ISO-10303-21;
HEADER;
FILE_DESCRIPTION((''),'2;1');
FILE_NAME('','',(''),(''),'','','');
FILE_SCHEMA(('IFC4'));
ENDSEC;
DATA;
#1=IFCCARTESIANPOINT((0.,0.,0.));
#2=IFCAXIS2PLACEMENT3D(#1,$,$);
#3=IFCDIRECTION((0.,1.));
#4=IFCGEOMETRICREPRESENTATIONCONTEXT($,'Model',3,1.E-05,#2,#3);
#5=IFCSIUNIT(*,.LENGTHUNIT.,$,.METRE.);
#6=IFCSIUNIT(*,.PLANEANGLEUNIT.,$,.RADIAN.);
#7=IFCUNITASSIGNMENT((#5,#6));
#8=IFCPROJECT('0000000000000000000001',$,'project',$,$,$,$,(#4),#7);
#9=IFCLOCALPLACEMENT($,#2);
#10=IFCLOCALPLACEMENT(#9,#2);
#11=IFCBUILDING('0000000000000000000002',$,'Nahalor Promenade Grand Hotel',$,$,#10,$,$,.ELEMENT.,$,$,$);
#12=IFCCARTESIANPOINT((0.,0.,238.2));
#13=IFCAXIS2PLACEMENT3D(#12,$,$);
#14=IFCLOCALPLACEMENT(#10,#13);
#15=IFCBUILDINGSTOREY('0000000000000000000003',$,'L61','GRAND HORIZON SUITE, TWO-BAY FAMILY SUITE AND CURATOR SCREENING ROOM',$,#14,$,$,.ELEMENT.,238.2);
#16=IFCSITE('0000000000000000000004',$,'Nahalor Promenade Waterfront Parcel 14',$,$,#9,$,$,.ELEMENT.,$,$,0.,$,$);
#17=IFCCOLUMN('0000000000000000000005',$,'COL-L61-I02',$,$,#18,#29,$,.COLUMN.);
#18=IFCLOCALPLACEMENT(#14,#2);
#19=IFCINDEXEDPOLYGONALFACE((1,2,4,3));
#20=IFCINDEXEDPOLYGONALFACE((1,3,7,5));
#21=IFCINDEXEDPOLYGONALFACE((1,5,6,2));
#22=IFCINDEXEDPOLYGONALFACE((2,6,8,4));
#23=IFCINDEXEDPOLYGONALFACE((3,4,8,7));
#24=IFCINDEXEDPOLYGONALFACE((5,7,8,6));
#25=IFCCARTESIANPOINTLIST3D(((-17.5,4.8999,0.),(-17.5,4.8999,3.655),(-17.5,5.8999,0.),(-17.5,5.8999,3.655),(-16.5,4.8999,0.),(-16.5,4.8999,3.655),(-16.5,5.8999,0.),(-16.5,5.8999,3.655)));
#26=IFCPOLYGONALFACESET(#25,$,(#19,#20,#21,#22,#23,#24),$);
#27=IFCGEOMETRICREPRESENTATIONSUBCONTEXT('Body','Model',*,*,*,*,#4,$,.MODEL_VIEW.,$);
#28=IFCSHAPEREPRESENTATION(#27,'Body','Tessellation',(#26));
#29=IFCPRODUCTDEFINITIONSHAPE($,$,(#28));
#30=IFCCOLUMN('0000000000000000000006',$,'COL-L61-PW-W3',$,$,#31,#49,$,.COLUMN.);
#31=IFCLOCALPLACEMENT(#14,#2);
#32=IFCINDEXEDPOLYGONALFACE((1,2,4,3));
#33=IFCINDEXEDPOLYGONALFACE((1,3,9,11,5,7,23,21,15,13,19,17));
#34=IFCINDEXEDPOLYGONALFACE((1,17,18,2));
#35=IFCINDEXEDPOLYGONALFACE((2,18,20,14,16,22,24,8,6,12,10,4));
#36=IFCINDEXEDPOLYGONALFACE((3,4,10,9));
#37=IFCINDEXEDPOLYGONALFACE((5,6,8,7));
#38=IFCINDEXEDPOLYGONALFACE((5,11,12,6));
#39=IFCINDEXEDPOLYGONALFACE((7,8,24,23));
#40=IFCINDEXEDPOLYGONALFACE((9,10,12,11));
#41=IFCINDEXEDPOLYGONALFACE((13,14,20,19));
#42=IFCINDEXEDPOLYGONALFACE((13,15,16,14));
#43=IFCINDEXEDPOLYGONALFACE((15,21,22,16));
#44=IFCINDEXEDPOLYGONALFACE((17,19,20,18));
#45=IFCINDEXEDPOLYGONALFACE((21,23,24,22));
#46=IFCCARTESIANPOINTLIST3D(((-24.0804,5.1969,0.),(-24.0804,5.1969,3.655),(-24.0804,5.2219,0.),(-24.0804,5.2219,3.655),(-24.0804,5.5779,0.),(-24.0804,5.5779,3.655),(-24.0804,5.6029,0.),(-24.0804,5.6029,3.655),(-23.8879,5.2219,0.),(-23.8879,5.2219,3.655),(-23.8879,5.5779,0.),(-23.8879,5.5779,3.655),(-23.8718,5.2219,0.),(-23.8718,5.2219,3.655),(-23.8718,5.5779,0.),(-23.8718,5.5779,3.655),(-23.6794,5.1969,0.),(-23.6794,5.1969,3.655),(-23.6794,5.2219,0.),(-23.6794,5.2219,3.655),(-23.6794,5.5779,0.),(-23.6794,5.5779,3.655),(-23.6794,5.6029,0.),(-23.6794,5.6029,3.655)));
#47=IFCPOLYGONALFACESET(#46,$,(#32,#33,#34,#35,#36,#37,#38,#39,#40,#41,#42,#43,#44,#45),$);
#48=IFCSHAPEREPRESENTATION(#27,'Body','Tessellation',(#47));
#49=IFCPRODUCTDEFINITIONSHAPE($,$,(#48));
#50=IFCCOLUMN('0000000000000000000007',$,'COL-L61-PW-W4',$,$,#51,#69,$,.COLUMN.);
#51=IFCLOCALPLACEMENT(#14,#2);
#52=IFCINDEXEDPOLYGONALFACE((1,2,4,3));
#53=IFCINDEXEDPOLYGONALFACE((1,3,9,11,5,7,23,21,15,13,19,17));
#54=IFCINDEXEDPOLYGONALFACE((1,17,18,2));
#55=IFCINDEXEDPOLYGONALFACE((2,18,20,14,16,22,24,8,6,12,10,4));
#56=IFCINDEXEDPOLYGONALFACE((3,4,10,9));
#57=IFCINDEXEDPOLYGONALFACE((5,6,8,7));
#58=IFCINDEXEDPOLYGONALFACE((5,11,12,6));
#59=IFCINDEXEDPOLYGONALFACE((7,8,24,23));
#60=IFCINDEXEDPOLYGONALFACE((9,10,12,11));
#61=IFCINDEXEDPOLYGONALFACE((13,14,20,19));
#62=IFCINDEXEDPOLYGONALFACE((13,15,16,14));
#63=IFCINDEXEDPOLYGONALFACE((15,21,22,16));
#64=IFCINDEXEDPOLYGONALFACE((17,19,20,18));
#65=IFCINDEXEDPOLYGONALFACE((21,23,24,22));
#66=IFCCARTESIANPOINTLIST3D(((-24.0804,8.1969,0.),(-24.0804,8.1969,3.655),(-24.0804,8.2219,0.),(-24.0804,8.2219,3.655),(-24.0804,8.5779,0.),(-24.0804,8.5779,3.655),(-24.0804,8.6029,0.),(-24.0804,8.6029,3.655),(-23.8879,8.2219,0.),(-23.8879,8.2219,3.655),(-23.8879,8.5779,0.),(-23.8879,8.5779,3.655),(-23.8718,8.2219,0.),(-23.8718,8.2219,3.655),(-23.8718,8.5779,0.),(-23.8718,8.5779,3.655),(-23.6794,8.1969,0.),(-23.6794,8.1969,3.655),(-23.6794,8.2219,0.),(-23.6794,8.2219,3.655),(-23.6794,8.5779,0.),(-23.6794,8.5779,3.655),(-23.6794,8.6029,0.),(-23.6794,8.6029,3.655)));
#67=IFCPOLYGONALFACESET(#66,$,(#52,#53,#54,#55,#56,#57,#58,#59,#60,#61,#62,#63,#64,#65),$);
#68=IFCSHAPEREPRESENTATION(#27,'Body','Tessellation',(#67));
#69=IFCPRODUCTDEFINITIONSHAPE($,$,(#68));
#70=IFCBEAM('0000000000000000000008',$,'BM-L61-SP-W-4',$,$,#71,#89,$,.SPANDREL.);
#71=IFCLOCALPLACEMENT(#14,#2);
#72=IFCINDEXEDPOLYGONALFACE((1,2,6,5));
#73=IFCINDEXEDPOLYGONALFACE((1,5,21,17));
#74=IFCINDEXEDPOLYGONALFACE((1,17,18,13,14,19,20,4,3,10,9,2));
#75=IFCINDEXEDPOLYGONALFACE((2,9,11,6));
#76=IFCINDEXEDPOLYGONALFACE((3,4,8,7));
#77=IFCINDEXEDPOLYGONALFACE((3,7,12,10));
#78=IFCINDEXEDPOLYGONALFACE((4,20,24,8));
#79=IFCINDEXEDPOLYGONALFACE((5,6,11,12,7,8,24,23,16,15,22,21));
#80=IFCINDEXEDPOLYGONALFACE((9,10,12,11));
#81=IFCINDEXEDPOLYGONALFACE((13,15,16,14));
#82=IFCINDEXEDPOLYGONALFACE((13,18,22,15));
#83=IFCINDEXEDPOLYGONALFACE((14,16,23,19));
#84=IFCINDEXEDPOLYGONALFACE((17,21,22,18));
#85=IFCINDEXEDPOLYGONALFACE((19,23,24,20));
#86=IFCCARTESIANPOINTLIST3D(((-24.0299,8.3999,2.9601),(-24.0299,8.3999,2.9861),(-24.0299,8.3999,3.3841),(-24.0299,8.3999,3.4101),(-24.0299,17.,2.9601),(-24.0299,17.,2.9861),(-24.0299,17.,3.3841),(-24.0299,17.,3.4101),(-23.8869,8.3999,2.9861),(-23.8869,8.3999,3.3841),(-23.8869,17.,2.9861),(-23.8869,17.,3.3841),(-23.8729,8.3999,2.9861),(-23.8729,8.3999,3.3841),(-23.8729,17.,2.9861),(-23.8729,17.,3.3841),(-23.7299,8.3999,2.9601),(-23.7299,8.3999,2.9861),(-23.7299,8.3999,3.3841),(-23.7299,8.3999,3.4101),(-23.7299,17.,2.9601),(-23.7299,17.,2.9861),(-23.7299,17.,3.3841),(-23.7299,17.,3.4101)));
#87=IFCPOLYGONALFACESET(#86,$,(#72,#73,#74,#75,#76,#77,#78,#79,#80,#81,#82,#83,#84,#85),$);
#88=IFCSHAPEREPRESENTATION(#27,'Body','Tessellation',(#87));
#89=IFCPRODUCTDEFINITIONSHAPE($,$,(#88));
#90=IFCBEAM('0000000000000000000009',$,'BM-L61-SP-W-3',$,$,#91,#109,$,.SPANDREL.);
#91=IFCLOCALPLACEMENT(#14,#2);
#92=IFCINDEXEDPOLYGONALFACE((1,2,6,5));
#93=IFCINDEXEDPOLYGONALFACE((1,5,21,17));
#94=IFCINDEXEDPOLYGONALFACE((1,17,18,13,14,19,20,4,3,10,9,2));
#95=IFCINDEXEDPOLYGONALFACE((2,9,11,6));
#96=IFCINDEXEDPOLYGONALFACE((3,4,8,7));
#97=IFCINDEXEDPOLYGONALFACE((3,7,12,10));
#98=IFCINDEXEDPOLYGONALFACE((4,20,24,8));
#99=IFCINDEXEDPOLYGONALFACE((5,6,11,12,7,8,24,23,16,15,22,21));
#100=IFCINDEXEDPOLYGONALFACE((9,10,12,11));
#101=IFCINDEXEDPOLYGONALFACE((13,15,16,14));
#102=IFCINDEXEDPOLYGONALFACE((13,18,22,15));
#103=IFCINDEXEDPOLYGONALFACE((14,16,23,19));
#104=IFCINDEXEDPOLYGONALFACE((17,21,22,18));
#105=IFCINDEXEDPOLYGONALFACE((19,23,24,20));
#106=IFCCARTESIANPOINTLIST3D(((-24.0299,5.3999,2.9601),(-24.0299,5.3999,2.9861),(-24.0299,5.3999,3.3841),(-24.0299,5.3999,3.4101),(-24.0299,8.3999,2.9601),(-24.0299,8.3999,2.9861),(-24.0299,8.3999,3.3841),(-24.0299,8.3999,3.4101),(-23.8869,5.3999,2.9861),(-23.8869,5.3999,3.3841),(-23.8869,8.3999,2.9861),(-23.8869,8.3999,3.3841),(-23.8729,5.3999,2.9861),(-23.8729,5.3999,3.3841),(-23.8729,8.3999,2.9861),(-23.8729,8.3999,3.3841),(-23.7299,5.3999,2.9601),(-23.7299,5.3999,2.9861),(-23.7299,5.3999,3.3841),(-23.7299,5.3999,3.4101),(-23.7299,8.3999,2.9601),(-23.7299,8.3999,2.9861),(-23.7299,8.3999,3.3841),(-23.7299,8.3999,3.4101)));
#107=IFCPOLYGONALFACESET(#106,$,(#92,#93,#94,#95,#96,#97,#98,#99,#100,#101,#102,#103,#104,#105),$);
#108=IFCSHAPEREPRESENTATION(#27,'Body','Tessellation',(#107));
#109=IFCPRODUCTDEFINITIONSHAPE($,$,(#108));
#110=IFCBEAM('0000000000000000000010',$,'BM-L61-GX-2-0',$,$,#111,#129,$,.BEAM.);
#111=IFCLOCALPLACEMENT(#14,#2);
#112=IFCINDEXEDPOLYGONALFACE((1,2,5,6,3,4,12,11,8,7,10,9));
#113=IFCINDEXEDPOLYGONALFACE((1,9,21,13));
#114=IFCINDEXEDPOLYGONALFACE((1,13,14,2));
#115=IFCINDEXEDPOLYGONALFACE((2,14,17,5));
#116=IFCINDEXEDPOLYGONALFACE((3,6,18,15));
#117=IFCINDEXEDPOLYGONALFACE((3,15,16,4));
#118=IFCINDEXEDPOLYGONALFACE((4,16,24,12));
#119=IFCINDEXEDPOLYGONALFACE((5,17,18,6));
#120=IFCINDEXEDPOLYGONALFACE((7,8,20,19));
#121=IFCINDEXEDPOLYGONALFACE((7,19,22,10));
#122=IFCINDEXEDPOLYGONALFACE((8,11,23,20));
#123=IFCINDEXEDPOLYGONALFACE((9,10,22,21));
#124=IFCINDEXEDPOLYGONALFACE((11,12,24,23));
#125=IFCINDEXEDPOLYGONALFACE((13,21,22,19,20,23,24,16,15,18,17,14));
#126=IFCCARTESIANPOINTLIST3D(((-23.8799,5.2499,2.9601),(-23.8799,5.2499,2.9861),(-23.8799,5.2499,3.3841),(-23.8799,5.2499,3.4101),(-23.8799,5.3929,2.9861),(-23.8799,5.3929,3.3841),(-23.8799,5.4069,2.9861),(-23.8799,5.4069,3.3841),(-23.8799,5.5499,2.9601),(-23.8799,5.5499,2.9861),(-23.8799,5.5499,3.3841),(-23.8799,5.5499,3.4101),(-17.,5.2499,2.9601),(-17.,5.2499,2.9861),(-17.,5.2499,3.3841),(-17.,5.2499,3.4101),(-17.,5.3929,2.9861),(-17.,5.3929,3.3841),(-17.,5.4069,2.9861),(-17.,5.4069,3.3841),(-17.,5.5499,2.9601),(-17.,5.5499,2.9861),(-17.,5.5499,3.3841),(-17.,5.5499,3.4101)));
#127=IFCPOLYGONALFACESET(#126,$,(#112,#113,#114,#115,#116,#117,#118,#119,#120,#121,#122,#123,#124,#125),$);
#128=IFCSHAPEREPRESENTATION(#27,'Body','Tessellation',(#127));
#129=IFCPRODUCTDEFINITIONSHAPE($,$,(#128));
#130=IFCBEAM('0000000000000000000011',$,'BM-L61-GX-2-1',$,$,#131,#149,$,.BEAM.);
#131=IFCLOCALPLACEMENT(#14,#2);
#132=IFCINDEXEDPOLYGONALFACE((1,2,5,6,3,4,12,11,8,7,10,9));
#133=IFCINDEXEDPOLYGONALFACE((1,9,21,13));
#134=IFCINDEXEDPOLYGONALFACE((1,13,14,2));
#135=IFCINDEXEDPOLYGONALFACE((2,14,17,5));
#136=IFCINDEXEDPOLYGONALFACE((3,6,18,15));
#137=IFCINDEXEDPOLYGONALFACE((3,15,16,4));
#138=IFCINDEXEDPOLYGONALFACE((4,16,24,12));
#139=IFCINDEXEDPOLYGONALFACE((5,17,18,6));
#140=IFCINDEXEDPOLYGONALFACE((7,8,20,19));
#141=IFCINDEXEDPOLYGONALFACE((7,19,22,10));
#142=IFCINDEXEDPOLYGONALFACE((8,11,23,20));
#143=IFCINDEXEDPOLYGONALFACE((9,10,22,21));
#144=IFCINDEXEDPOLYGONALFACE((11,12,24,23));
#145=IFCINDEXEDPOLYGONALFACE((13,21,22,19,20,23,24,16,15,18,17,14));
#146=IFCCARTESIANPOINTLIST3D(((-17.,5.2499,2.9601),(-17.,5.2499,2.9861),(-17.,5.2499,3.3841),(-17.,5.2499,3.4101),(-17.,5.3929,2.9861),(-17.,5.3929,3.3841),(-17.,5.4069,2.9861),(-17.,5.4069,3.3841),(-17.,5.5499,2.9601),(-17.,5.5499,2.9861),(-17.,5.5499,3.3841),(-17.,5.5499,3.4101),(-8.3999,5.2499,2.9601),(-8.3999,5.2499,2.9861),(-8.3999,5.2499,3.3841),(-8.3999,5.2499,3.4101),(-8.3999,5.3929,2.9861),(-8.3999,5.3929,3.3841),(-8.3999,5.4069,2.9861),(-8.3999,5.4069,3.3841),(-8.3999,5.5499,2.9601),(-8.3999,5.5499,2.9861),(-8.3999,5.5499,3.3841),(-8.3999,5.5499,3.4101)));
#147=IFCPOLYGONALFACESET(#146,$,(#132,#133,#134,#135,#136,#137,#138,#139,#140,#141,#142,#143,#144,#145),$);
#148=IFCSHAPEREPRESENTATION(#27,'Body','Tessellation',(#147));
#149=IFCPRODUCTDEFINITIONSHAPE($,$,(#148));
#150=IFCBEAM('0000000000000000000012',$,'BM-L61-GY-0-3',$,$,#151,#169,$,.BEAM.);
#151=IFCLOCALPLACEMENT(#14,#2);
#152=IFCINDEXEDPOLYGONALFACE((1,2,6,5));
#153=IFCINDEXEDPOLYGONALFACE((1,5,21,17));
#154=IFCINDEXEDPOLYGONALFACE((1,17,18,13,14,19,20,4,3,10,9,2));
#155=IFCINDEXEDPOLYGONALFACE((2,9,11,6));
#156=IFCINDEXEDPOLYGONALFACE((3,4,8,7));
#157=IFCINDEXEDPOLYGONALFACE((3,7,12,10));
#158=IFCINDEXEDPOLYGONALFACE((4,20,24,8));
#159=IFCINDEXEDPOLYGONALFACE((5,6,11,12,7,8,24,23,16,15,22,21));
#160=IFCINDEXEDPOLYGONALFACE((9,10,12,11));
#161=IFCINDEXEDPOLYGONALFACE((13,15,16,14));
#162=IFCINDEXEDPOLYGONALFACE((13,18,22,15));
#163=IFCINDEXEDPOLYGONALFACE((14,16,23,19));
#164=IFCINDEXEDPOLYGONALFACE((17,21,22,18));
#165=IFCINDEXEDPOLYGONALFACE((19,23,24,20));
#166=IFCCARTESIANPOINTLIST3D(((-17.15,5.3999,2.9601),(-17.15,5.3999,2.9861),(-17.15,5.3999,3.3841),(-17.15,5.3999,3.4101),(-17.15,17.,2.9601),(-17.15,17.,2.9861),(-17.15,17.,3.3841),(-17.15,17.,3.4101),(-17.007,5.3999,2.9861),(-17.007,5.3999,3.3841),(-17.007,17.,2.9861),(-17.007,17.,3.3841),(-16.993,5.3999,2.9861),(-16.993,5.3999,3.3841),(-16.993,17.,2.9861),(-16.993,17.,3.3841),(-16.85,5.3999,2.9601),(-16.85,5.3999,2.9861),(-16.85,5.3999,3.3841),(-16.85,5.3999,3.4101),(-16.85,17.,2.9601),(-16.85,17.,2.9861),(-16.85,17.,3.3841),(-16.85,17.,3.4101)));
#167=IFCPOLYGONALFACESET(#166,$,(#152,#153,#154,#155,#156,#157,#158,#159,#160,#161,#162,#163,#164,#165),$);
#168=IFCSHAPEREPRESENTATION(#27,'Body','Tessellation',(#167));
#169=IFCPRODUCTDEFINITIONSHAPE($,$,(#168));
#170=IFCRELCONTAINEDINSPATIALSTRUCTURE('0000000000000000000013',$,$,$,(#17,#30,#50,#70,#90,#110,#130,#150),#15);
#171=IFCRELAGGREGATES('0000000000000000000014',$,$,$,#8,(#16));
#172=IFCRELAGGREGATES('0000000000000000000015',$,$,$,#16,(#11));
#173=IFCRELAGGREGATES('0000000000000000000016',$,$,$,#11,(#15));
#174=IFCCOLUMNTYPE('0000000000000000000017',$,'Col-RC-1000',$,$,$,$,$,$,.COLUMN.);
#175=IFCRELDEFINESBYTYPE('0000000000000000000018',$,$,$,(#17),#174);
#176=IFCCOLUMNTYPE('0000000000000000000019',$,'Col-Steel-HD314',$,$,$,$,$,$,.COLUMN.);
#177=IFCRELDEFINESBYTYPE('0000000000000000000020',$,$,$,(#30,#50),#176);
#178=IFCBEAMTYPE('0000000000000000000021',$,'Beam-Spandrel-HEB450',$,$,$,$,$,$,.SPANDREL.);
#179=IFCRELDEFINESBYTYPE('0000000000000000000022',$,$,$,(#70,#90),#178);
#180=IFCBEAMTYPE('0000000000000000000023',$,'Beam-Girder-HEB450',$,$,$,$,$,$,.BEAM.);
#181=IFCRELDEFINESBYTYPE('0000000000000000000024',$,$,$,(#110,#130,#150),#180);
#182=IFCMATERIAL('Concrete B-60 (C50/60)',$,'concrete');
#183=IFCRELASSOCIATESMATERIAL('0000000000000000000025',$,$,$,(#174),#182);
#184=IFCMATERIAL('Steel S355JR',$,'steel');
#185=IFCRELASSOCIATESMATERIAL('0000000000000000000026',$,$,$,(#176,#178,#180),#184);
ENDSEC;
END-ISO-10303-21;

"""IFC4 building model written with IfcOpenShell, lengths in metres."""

from ifc_helpers import new_model, si_unit, direction, frame, origin, origin_2d, place, context, subcontext, project, spatial, rectangle, i_section, extrude, source, transform, mapped, material, material_profile, profile_set, type_object, element, save


model = new_model("IFC4")

# Units and contexts
model_context = context("Model", 3, precision=1e-05, world=origin(), true_north=direction((0.0, 1.0)))
body_context = subcontext(model_context, "Body", "Model", "MODEL_VIEW")
ifc_project = project(units=[si_unit("LENGTHUNIT", "METRE"), si_unit("PLANEANGLEUNIT", "RADIAN")], contexts=[model_context])

# Site, building, storey
site_placement = place(None, origin())
site = spatial("IfcSite", under=ifc_project, at=site_placement, Name="Nahalor Promenade Waterfront Parcel 14", CompositionType="ELEMENT", RefElevation=0.0)
building_placement = place(site_placement, origin())
building = spatial("IfcBuilding", under=site, at=building_placement, Name="Nahalor Promenade Grand Hotel", CompositionType="ELEMENT")
storey_placement = place(building_placement, frame((0.0, 0.0, 238.2)))
storey = spatial("IfcBuildingStorey", under=building, at=storey_placement, Name="L61", Description="GRAND HORIZON SUITE, TWO-BAY FAMILY SUITE AND CURATOR SCREENING ROOM", CompositionType="ELEMENT", Elevation=238.2)

# Columns
ifc_material_1 = material(Name="Concrete B-60 (C50/60)", Category="concrete")
ifc_material_profile_1 = material_profile(ifc_material_1, rectangle(XDim=1.0, YDim=1.0, at=origin_2d()), Name="RC 1000x1000")
ifc_profile_set_1 = profile_set([ifc_material_profile_1], Name="Concrete B-60 (C50/60)")
column_type_1 = type_object("IfcColumnType", Name="Col-RC-1000", PredefinedType="COLUMN", material=ifc_profile_set_1)
shared_shape_1 = source(origin(), body_context, "Body", "SweptSolid", [
    extrude(rectangle(XDim=1.0, YDim=1.0, at=origin_2d()), origin(), (0.0, 0.0, 1.0), 3.655),
])
column_placement = place(storey_placement, frame((-17.0, 5.3999, 0.0), z_axis=(0.0, 0.0, 1.0), x_axis=(1.0, 0.0, 0.0)))
element("IfcColumn", 1, at=column_placement, inside=storey, type_object=column_type_1, Name="COL-L61-I02", PredefinedType="COLUMN", context=body_context, shape_type="MappedRepresentation", body=[
    mapped(shared_shape_1, transform((0.0, 0.0, 0.0), scale=1.0)),
])
ifc_material_2 = material(Name="Steel S355JR", Category="steel")
ifc_material_profile_2 = material_profile(ifc_material_2, i_section(OverallWidth=0.401, OverallDepth=0.406, WebThickness=0.0161, FlangeThickness=0.025, at=origin_2d()), Name="HD 400x314")
ifc_profile_set_2 = profile_set([ifc_material_profile_2], Name="Steel S355JR")
column_type_2 = type_object("IfcColumnType", Name="Col-Steel-HD314", PredefinedType="COLUMN", material=ifc_profile_set_2)
shared_shape_2 = source(origin(), body_context, "Body", "SweptSolid", [
    extrude(i_section(OverallWidth=0.401, OverallDepth=0.406, WebThickness=0.0161, FlangeThickness=0.025, at=origin_2d()), origin(), (0.0, 0.0, 1.0), 3.655),
])
for number, where, z_axis, x_axis, name in (
    (2, (-23.8799, 5.3999, 0.0), (0.0, 0.0, 1.0), (1.0, 0.0, 0.0), "COL-L61-PW-W3"),
    (3, (-23.8799, 8.3999, 0.0), (0.0, 0.0, 1.0), (1.0, 0.0, 0.0), "COL-L61-PW-W4"),
):
    element("IfcColumn", number, at=place(storey_placement, frame(where, z_axis=z_axis, x_axis=x_axis)), inside=storey, type_object=column_type_2, Name=name, PredefinedType="COLUMN", context=body_context, shape_type="MappedRepresentation", body=[
        mapped(shared_shape_2, transform((0.0, 0.0, 0.0), scale=1.0)),
    ])

# Beams
ifc_material_profile_3 = material_profile(ifc_material_2, i_section(OverallWidth=0.3, OverallDepth=0.45, WebThickness=0.014, FlangeThickness=0.026, at=origin_2d()), Name="HEB 450")
ifc_profile_set_3 = profile_set([ifc_material_profile_3], Name="Steel S355JR")
beam_type_1 = type_object("IfcBeamType", Name="Beam-Spandrel-HEB450", PredefinedType="SPANDREL", material=ifc_profile_set_3)
shared_shape_3 = source(origin(), body_context, "Body", "SweptSolid", [
    extrude(i_section(OverallWidth=0.3, OverallDepth=0.45, WebThickness=0.014, FlangeThickness=0.026, at=origin_2d()), origin(), (0.0, 0.0, 1.0), 8.6001),
])
beam_1_placement = place(storey_placement, frame((-23.8799, 8.3999, 3.1851), z_axis=(0.0, 1.0, 0.0), x_axis=(-1.0, 0.0, 0.0)))
element("IfcBeam", 4, at=beam_1_placement, inside=storey, type_object=beam_type_1, Name="BM-L61-SP-W-4", PredefinedType="SPANDREL", context=body_context, shape_type="MappedRepresentation", body=[
    mapped(shared_shape_3, transform((0.0, 0.0, 0.0), scale=1.0)),
])
shared_shape_4 = source(origin(), body_context, "Body", "SweptSolid", [
    extrude(i_section(OverallWidth=0.3, OverallDepth=0.45, WebThickness=0.014, FlangeThickness=0.026, at=origin_2d()), origin(), (0.0, 0.0, 1.0), 3.0),
])
beam_2_placement = place(storey_placement, frame((-23.8799, 5.3999, 3.1851), z_axis=(0.0, 1.0, 0.0), x_axis=(-1.0, 0.0, 0.0)))
element("IfcBeam", 5, at=beam_2_placement, inside=storey, type_object=beam_type_1, Name="BM-L61-SP-W-3", PredefinedType="SPANDREL", context=body_context, shape_type="MappedRepresentation", body=[
    mapped(shared_shape_4, transform((0.0, 0.0, 0.0), scale=1.0)),
])
ifc_material_profile_4 = material_profile(ifc_material_2, i_section(OverallWidth=0.3, OverallDepth=0.45, WebThickness=0.014, FlangeThickness=0.026, at=origin_2d()), Name="HEB 450")
ifc_profile_set_4 = profile_set([ifc_material_profile_4], Name="Steel S355JR")
beam_type_2 = type_object("IfcBeamType", Name="Beam-Girder-HEB450", PredefinedType="BEAM", material=ifc_profile_set_4)
shared_shape_5 = source(origin(), body_context, "Body", "SweptSolid", [
    extrude(i_section(OverallWidth=0.3, OverallDepth=0.45, WebThickness=0.014, FlangeThickness=0.026, at=origin_2d()), origin(), (0.0, 0.0, 1.0), 6.8799),
])
beam_3_placement = place(storey_placement, frame((-23.8799, 5.3999, 3.1851), z_axis=(1.0, 0.0, 0.0), x_axis=(0.0, 1.0, 0.0)))
element("IfcBeam", 6, at=beam_3_placement, inside=storey, type_object=beam_type_2, Name="BM-L61-GX-2-0", PredefinedType="BEAM", context=body_context, shape_type="MappedRepresentation", body=[
    mapped(shared_shape_5, transform((0.0, 0.0, 0.0), scale=1.0)),
])
shared_shape_6 = source(origin(), body_context, "Body", "SweptSolid", [
    extrude(i_section(OverallWidth=0.3, OverallDepth=0.45, WebThickness=0.014, FlangeThickness=0.026, at=origin_2d()), origin(), (0.0, 0.0, 1.0), 8.6001),
])
beam_4_placement = place(storey_placement, frame((-17.0, 5.3999, 3.1851), z_axis=(1.0, 0.0, 0.0), x_axis=(0.0, 1.0, 0.0)))
element("IfcBeam", 7, at=beam_4_placement, inside=storey, type_object=beam_type_2, Name="BM-L61-GX-2-1", PredefinedType="BEAM", context=body_context, shape_type="MappedRepresentation", body=[
    mapped(shared_shape_6, transform((0.0, 0.0, 0.0), scale=1.0)),
])
shared_shape_7 = source(origin(), body_context, "Body", "SweptSolid", [
    extrude(i_section(OverallWidth=0.3, OverallDepth=0.45, WebThickness=0.014, FlangeThickness=0.026, at=origin_2d()), origin(), (0.0, 0.0, 1.0), 11.6001),
])
beam_5_placement = place(storey_placement, frame((-17.0, 5.3999, 3.1851), z_axis=(0.0, 1.0, 0.0), x_axis=(-1.0, 0.0, 0.0)))
element("IfcBeam", 8, at=beam_5_placement, inside=storey, type_object=beam_type_2, Name="BM-L61-GY-0-3", PredefinedType="BEAM", context=body_context, shape_type="MappedRepresentation", body=[
    mapped(shared_shape_7, transform((0.0, 0.0, 0.0), scale=1.0)),
])

save(model, "model.ifc")
